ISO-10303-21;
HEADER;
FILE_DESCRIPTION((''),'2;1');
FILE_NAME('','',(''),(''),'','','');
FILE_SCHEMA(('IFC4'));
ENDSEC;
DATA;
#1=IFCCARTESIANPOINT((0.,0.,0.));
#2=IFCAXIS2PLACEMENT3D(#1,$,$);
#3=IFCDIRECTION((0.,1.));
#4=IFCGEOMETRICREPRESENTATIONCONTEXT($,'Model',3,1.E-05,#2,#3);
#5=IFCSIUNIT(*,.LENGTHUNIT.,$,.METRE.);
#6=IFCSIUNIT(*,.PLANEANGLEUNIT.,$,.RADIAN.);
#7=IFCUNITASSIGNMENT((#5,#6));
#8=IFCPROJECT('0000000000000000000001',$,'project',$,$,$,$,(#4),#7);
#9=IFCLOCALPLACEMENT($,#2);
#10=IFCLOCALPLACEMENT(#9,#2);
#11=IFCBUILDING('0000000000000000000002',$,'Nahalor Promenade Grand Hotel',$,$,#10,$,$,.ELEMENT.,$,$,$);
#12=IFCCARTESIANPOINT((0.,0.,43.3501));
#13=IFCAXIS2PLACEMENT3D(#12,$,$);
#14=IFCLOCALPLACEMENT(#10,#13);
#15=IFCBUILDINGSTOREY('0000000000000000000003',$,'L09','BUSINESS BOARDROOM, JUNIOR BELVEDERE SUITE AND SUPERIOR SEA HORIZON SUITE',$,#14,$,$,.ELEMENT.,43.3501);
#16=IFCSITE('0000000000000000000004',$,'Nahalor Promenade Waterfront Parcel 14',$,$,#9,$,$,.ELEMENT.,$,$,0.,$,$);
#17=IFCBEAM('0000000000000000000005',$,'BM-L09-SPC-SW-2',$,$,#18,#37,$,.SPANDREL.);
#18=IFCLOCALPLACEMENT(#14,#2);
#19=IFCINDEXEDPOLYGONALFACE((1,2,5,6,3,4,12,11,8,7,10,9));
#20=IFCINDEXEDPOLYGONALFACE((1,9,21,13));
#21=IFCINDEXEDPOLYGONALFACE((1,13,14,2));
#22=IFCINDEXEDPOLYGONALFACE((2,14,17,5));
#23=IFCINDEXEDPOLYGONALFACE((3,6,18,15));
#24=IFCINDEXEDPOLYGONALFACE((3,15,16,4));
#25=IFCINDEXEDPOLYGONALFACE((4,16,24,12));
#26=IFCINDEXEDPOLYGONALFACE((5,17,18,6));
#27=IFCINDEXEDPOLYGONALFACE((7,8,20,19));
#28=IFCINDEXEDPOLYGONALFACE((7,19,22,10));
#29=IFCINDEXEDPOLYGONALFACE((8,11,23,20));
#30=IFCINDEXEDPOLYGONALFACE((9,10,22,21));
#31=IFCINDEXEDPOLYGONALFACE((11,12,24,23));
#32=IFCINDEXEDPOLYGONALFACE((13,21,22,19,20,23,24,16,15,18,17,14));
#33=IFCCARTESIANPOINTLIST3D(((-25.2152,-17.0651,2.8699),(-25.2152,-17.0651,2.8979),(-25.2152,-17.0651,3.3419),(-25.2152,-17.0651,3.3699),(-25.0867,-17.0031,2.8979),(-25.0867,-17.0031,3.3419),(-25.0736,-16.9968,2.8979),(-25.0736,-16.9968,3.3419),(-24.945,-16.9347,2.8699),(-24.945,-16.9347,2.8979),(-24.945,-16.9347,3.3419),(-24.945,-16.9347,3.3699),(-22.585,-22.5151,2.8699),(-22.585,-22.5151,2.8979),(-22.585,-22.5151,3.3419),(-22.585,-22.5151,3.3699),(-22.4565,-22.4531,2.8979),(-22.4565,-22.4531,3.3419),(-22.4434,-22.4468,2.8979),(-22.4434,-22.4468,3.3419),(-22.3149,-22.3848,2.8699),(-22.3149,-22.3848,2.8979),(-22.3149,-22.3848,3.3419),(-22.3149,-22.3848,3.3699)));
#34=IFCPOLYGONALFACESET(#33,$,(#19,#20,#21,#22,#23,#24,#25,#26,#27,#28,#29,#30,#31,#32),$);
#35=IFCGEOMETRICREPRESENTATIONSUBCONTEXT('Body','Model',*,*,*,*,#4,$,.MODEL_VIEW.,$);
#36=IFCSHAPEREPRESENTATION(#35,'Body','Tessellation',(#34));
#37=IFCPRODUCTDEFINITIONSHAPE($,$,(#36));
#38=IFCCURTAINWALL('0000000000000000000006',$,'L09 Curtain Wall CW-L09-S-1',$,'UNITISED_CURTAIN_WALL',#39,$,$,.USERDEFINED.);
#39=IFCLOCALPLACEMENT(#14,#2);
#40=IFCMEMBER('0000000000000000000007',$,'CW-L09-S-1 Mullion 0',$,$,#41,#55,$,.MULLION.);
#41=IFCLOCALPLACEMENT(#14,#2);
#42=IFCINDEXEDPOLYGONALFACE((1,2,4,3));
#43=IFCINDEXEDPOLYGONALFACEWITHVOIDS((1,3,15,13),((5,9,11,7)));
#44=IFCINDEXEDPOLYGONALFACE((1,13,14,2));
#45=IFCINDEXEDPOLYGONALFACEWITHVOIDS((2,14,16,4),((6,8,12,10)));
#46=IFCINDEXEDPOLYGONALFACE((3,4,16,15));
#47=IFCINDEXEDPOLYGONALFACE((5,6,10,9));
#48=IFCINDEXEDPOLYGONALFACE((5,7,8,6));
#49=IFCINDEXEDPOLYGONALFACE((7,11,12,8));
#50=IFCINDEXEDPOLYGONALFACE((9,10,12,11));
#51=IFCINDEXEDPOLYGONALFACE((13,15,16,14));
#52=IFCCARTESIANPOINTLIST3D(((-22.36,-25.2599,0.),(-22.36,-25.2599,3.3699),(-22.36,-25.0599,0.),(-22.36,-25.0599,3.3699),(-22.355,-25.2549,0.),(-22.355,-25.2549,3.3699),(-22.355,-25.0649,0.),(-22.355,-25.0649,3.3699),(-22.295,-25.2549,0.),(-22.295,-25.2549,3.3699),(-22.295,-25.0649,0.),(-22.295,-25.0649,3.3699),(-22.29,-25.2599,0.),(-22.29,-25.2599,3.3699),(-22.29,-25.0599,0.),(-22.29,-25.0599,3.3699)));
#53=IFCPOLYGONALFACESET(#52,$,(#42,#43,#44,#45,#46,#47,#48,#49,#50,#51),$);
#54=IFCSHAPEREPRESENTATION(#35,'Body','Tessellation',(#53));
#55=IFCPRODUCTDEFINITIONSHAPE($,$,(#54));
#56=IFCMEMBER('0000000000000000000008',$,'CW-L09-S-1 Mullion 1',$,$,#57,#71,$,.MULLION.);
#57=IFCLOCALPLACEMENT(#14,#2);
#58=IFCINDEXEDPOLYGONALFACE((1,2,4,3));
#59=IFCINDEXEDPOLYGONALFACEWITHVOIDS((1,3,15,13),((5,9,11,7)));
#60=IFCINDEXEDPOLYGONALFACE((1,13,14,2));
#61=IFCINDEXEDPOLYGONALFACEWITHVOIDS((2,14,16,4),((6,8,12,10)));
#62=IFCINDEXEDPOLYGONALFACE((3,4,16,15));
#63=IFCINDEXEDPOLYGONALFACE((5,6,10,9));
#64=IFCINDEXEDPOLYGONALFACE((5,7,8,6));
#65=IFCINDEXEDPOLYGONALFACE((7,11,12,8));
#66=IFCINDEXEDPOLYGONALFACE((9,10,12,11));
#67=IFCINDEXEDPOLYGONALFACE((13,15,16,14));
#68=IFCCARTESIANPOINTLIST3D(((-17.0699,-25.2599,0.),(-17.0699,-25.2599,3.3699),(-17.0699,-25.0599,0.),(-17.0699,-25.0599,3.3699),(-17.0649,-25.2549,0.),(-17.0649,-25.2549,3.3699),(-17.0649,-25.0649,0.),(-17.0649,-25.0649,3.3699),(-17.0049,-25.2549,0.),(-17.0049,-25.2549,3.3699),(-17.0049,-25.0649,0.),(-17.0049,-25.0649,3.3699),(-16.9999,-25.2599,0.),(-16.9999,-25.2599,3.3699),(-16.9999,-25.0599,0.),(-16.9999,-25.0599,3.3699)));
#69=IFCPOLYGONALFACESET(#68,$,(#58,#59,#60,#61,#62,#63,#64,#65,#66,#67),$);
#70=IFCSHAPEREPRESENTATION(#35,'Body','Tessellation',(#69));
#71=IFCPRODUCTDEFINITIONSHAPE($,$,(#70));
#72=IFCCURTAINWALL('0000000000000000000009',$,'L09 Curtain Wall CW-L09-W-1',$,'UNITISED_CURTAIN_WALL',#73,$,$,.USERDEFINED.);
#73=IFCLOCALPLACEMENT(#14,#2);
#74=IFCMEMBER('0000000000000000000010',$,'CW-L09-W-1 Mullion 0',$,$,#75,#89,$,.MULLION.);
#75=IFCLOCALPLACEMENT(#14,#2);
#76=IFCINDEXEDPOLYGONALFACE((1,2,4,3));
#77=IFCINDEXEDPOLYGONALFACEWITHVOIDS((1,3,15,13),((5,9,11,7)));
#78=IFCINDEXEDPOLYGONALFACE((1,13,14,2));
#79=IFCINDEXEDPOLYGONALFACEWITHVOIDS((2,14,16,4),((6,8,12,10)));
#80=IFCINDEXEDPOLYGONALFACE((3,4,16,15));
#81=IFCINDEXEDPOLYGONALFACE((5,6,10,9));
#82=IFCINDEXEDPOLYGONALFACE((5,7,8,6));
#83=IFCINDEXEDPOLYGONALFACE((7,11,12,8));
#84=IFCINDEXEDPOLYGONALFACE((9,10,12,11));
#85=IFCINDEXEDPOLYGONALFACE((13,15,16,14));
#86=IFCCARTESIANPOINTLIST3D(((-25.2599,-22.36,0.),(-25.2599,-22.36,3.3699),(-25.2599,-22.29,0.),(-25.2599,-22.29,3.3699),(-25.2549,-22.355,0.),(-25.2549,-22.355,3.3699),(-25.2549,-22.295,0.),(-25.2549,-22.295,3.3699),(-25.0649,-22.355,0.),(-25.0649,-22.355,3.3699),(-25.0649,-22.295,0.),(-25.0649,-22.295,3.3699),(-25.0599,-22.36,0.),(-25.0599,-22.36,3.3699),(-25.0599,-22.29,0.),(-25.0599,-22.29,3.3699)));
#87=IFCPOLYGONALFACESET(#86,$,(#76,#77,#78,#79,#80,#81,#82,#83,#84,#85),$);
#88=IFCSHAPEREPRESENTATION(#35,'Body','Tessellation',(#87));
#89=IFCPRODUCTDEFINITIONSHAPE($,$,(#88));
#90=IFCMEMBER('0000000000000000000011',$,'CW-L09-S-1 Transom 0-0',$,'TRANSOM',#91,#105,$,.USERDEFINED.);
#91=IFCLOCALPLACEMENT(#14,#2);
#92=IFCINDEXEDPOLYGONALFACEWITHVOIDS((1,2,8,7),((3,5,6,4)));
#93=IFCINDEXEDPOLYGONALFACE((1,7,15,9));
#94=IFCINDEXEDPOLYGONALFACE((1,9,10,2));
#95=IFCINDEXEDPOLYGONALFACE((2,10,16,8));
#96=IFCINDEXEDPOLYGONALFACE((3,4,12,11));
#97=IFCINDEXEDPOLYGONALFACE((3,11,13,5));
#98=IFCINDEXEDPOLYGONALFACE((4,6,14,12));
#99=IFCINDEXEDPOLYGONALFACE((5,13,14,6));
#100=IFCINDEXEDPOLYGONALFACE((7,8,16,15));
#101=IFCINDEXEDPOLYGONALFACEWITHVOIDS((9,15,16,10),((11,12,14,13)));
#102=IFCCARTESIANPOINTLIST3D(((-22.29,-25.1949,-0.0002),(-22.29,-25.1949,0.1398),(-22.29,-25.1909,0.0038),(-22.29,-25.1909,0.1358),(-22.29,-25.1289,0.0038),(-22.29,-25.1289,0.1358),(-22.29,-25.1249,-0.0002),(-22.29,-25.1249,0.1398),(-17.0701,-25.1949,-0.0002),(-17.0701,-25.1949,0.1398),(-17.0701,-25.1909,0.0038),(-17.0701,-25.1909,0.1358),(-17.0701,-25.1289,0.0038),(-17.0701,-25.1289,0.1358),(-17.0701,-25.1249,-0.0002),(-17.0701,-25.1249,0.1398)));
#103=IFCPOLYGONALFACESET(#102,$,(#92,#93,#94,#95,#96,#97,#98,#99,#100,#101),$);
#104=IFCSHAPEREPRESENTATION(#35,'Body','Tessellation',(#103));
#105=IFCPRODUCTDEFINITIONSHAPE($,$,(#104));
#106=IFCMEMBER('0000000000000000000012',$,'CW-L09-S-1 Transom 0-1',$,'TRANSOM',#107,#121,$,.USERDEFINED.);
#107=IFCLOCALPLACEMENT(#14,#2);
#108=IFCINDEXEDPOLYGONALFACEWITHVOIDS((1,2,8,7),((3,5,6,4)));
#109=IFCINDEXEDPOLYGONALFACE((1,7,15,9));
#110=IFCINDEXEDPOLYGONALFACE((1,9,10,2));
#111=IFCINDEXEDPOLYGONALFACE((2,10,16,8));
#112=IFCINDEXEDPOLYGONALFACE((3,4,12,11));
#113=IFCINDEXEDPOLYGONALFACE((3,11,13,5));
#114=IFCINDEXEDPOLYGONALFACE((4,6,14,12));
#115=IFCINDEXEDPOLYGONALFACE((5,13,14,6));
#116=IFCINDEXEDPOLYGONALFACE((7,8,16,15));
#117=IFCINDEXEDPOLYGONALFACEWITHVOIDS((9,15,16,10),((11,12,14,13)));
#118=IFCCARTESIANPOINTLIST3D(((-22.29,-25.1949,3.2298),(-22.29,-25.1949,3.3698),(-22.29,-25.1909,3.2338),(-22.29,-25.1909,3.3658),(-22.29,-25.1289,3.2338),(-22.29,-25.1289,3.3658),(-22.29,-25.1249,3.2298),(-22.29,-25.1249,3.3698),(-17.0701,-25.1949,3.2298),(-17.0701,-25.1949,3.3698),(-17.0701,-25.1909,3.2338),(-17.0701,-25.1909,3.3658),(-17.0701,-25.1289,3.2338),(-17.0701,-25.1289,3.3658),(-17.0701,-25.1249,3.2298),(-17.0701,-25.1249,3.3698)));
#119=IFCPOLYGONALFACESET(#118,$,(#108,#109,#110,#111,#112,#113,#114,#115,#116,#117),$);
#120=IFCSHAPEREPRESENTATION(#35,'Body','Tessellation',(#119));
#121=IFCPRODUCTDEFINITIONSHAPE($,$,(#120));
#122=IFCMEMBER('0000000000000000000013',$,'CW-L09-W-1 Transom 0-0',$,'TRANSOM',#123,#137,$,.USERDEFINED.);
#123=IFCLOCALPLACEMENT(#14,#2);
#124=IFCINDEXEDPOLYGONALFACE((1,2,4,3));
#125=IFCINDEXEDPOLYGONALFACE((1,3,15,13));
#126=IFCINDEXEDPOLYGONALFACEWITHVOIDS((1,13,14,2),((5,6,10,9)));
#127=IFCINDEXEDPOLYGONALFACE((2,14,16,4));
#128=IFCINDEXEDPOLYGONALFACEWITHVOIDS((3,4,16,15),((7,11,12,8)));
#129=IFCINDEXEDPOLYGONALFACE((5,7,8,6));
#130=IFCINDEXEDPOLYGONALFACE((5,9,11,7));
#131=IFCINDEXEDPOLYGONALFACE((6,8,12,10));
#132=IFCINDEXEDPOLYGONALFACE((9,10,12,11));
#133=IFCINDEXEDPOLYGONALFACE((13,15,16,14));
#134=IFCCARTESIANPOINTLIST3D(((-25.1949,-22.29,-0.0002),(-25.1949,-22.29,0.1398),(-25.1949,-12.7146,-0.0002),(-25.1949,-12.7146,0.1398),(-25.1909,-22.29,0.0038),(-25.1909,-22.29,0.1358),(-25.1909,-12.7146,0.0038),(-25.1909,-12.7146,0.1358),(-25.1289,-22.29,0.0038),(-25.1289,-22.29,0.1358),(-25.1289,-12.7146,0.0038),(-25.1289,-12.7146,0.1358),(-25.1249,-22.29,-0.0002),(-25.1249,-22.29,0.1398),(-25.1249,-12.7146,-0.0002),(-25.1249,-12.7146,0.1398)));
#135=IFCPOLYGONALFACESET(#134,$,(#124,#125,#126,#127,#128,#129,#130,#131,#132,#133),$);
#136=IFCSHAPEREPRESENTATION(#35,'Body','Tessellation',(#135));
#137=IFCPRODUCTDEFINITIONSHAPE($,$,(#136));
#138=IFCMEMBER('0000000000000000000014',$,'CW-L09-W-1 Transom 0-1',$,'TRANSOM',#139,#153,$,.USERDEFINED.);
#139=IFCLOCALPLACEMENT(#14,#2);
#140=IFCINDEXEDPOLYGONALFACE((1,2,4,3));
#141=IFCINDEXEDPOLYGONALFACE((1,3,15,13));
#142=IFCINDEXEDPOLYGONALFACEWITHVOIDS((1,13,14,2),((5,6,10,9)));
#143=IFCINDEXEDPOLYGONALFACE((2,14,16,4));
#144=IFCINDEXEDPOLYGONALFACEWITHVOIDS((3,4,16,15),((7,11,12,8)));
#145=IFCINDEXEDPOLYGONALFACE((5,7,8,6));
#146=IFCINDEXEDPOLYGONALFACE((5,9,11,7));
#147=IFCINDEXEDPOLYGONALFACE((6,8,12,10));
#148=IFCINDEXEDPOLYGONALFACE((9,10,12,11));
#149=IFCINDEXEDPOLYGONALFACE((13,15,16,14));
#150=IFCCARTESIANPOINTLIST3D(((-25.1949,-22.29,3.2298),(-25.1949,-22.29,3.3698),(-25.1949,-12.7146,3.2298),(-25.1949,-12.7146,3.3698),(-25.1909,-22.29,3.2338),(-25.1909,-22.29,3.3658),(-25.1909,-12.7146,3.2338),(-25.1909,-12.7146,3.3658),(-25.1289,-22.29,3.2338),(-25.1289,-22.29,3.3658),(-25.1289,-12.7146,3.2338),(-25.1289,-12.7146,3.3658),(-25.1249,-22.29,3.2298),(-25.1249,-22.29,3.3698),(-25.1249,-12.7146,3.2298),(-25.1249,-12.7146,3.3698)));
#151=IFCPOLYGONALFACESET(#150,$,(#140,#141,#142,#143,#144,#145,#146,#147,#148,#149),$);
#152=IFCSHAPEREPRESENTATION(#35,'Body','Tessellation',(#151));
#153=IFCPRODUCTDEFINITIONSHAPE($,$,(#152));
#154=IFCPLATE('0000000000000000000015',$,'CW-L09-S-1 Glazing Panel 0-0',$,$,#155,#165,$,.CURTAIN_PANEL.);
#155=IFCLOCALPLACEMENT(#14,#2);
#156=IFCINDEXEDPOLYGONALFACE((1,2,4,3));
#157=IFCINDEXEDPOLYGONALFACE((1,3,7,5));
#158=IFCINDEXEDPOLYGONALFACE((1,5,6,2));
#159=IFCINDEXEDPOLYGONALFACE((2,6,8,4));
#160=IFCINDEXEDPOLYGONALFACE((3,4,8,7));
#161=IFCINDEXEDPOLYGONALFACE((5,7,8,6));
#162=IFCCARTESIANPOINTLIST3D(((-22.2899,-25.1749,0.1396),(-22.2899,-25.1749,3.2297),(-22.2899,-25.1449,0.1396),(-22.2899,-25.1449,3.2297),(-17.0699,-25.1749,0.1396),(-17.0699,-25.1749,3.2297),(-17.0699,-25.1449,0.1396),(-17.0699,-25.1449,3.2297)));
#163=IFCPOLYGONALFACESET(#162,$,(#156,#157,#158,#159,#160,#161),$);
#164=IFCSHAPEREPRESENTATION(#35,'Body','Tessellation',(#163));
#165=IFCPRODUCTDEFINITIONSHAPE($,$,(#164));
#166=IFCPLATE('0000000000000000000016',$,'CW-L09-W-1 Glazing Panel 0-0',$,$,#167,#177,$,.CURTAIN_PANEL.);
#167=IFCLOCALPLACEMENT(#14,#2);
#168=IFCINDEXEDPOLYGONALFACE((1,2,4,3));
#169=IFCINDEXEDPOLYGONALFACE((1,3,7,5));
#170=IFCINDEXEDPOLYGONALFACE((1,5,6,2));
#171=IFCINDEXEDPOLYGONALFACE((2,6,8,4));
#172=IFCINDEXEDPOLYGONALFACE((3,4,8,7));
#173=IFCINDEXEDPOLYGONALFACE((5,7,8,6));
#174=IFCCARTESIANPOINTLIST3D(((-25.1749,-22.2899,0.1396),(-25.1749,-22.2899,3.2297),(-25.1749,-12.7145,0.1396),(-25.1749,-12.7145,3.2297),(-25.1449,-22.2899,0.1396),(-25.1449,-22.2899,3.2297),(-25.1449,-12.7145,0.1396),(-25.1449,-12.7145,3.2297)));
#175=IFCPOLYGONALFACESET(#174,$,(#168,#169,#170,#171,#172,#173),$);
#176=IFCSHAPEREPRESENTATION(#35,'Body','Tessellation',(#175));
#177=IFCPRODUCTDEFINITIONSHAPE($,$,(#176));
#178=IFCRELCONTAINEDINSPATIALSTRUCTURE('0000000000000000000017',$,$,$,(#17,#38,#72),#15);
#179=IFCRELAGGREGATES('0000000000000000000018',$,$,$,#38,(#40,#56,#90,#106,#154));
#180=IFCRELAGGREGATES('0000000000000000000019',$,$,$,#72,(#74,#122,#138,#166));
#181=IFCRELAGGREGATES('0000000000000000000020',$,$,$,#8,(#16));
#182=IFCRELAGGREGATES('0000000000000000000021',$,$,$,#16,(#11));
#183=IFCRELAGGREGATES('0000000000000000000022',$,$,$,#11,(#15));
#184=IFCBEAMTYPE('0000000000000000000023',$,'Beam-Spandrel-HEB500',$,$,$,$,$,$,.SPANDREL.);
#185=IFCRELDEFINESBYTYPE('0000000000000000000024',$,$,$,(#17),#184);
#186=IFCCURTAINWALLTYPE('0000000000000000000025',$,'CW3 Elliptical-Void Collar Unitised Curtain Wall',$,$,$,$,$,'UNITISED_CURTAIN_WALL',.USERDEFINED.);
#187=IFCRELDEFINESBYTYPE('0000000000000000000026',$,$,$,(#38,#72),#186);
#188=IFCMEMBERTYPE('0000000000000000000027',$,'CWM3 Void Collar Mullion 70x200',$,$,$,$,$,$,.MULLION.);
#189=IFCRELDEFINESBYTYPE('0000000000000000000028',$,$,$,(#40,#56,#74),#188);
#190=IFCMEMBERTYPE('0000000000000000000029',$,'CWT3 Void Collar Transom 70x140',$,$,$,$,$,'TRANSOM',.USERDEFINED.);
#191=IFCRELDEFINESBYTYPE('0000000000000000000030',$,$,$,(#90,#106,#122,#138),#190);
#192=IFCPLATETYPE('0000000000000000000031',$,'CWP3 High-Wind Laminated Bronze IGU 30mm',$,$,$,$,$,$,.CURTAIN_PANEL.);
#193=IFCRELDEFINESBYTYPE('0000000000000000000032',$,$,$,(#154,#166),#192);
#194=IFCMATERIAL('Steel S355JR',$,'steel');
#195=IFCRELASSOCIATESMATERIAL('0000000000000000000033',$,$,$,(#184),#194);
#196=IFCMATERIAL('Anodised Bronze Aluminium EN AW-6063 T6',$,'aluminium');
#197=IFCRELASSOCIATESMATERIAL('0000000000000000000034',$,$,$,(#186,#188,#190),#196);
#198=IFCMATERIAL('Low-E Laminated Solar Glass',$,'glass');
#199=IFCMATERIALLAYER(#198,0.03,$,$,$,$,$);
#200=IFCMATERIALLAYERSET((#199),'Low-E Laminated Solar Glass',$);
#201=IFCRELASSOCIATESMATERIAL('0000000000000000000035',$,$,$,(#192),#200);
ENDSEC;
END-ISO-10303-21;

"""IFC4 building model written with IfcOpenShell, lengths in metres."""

from ifc_helpers import new_model, si_unit, direction, frame, origin, origin_2d, place, context, subcontext, project, spatial, rectangle, hollow_rectangle, i_section, extrude, source, transform, mapped, material, layer, layer_set, material_profile, profile_set, type_object, element, aggregate, save


model = new_model("IFC4")

# Units and contexts
model_context = context("Model", 3, precision=1e-05, world=origin(), true_north=direction((0.0, 1.0)))
body_context = subcontext(model_context, "Body", "Model", "MODEL_VIEW")
ifc_project = project(units=[si_unit("LENGTHUNIT", "METRE"), si_unit("PLANEANGLEUNIT", "RADIAN")], contexts=[model_context])

# Site, building, storey
site_placement = place(None, origin())
site = spatial("IfcSite", under=ifc_project, at=site_placement, Name="Nahalor Promenade Waterfront Parcel 14", CompositionType="ELEMENT", RefElevation=0.0)
building_placement = place(site_placement, origin())
building = spatial("IfcBuilding", under=site, at=building_placement, Name="Nahalor Promenade Grand Hotel", CompositionType="ELEMENT")
storey_placement = place(building_placement, frame((0.0, 0.0, 43.3501)))
storey = spatial("IfcBuildingStorey", under=building, at=storey_placement, Name="L09", Description="BUSINESS BOARDROOM, JUNIOR BELVEDERE SUITE AND SUPERIOR SEA HORIZON SUITE", CompositionType="ELEMENT", Elevation=43.3501)

# Beam
ifc_material_1 = material(Name="Steel S355JR", Category="steel")
ifc_material_profile_1 = material_profile(ifc_material_1, i_section(OverallWidth=0.3, OverallDepth=0.5, WebThickness=0.0145, FlangeThickness=0.028, at=origin_2d()), Name="HEB 500")
ifc_profile_set_1 = profile_set([ifc_material_profile_1], Name="Steel S355JR")
beam_type_1 = type_object("IfcBeamType", Name="Beam-Spandrel-HEB500", PredefinedType="SPANDREL", material=ifc_profile_set_1)
shared_shape_1 = source(origin(), body_context, "Body", "SweptSolid", [
    extrude(i_section(OverallWidth=0.3, OverallDepth=0.5, WebThickness=0.0145, FlangeThickness=0.028, at=origin_2d()), origin(), (0.0, 0.0, 1.0), 6.0515),
])
for number, where, z_axis, x_axis, name in (
    (1, (-22.45, -22.45, 3.1199), (-0.434631, 0.900609, 0.0), (-0.900609, -0.434631, 0.0), "BM-L09-SPC-SW-2"),
):
    element("IfcBeam", number, at=place(storey_placement, frame(where, z_axis=z_axis, x_axis=x_axis)), inside=storey, type_object=beam_type_1, Name=name, PredefinedType="SPANDREL", context=body_context, shape_type="MappedRepresentation", body=[
        mapped(shared_shape_1, transform((0.0, 0.0, 0.0), scale=1.0)),
    ])

# Curtain wall, members
ifc_material_2 = material(Name="Anodised Bronze Aluminium EN AW-6063 T6", Category="aluminium")
curtain_wall_type = type_object("IfcCurtainWallType", Name="CW3 Elliptical-Void Collar Unitised Curtain Wall", ElementType="UNITISED_CURTAIN_WALL", PredefinedType="USERDEFINED", material=ifc_material_2)
curtain_wall_1_placement = place(storey_placement, origin())
curtain_wall_1 = element("IfcCurtainWall", 2, at=curtain_wall_1_placement, inside=storey, type_object=curtain_wall_type, Name="L09 Curtain Wall CW-L09-S-1", ObjectType="UNITISED_CURTAIN_WALL", PredefinedType="USERDEFINED")
ifc_material_profile_2 = material_profile(ifc_material_2, hollow_rectangle(XDim=0.07, YDim=0.2, WallThickness=0.005, at=origin_2d()), Name="CWM 70x200x5")
ifc_profile_set_2 = profile_set([ifc_material_profile_2], Name="Anodised Bronze Aluminium EN AW-6063 T6")
member_type_1 = type_object("IfcMemberType", Name="CWM3 Void Collar Mullion 70x200", PredefinedType="MULLION", material=ifc_profile_set_2)
shared_shape_2 = source(origin(), body_context, "Body", "SweptSolid", [
    extrude(hollow_rectangle(XDim=0.07, YDim=0.2, WallThickness=0.005, at=origin_2d()), origin(), (0.0, 0.0, 1.0), 3.3699),
])
member_1_placement = place(storey_placement, frame((-22.325, -25.1599, 0.0), z_axis=(0.0, 0.0, 1.0), x_axis=(1.0, 0.0, 0.0)))
member_1 = element("IfcMember", 3, at=member_1_placement, type_object=member_type_1, Name="CW-L09-S-1 Mullion 0", PredefinedType="MULLION", context=body_context, shape_type="MappedRepresentation", body=[
    mapped(shared_shape_2, transform((0.0, 0.0, 0.0), scale=1.0)),
])
member_2_placement = place(storey_placement, frame((-17.0349, -25.1599, 0.0), z_axis=(0.0, 0.0, 1.0), x_axis=(1.0, 0.0, 0.0)))
member_2 = element("IfcMember", 4, at=member_2_placement, type_object=member_type_1, Name="CW-L09-S-1 Mullion 1", PredefinedType="MULLION", context=body_context, shape_type="MappedRepresentation", body=[
    mapped(shared_shape_2, transform((0.0, 0.0, 0.0), scale=1.0)),
])

# Curtain wall, member
curtain_wall_2_placement = place(storey_placement, origin())
curtain_wall_2 = element("IfcCurtainWall", 5, at=curtain_wall_2_placement, inside=storey, type_object=curtain_wall_type, Name="L09 Curtain Wall CW-L09-W-1", ObjectType="UNITISED_CURTAIN_WALL", PredefinedType="USERDEFINED")
member_3_placement = place(storey_placement, frame((-25.1599, -22.325, 0.0), z_axis=(0.0, 0.0, 1.0), x_axis=(0.0, 1.0, 0.0)))
member_3 = element("IfcMember", 6, at=member_3_placement, type_object=member_type_1, Name="CW-L09-W-1 Mullion 0", PredefinedType="MULLION", context=body_context, shape_type="MappedRepresentation", body=[
    mapped(shared_shape_2, transform((0.0, 0.0, 0.0), scale=1.0)),
])

# Members
ifc_material_profile_3 = material_profile(ifc_material_2, hollow_rectangle(XDim=0.07, YDim=0.14, WallThickness=0.004, at=origin_2d()), Name="CWT 70x140x4")
ifc_profile_set_3 = profile_set([ifc_material_profile_3], Name="Anodised Bronze Aluminium EN AW-6063 T6")
member_type_2 = type_object("IfcMemberType", Name="CWT3 Void Collar Transom 70x140", ElementType="TRANSOM", PredefinedType="USERDEFINED", material=ifc_profile_set_3)
shared_shape_3 = source(origin(), body_context, "Body", "SweptSolid", [
    extrude(hollow_rectangle(XDim=0.07, YDim=0.14, WallThickness=0.004, at=origin_2d()), origin(), (0.0, 0.0, 1.0), 5.22),
])
member_4_placement = place(storey_placement, frame((-22.29, -25.1599, 0.0698), z_axis=(1.0, 0.0, 0.0), x_axis=(0.0, 1.0, 0.0)))
member_4 = element("IfcMember", 7, at=member_4_placement, type_object=member_type_2, Name="CW-L09-S-1 Transom 0-0", ObjectType="TRANSOM", PredefinedType="USERDEFINED", context=body_context, shape_type="MappedRepresentation", body=[
    mapped(shared_shape_3, transform((0.0, 0.0, 0.0), scale=1.0)),
])
member_5_placement = place(storey_placement, frame((-22.29, -25.1599, 3.2998), z_axis=(1.0, 0.0, 0.0), x_axis=(0.0, 1.0, 0.0)))
member_5 = element("IfcMember", 8, at=member_5_placement, type_object=member_type_2, Name="CW-L09-S-1 Transom 0-1", ObjectType="TRANSOM", PredefinedType="USERDEFINED", context=body_context, shape_type="MappedRepresentation", body=[
    mapped(shared_shape_3, transform((0.0, 0.0, 0.0), scale=1.0)),
])
shared_shape_4 = source(origin(), body_context, "Body", "SweptSolid", [
    extrude(hollow_rectangle(XDim=0.07, YDim=0.14, WallThickness=0.004, at=origin_2d()), origin(), (0.0, 0.0, 1.0), 9.5754),
])
member_6_placement = place(storey_placement, frame((-25.1599, -22.29, 0.0698), z_axis=(0.0, 1.0, 0.0), x_axis=(-1.0, 0.0, 0.0)))
member_6 = element("IfcMember", 9, at=member_6_placement, type_object=member_type_2, Name="CW-L09-W-1 Transom 0-0", ObjectType="TRANSOM", PredefinedType="USERDEFINED", context=body_context, shape_type="MappedRepresentation", body=[
    mapped(shared_shape_4, transform((0.0, 0.0, 0.0), scale=1.0)),
])
member_7_placement = place(storey_placement, frame((-25.1599, -22.29, 3.2998), z_axis=(0.0, 1.0, 0.0), x_axis=(-1.0, 0.0, 0.0)))
member_7 = element("IfcMember", 10, at=member_7_placement, type_object=member_type_2, Name="CW-L09-W-1 Transom 0-1", ObjectType="TRANSOM", PredefinedType="USERDEFINED", context=body_context, shape_type="MappedRepresentation", body=[
    mapped(shared_shape_4, transform((0.0, 0.0, 0.0), scale=1.0)),
])

# Plates
ifc_material_3 = material(Name="Low-E Laminated Solar Glass", Category="glass")
ifc_layer_1 = layer(ifc_material_3, 0.03)
ifc_layer_set_1 = layer_set([ifc_layer_1], Name="Low-E Laminated Solar Glass")
plate_type = type_object("IfcPlateType", Name="CWP3 High-Wind Laminated Bronze IGU 30mm", PredefinedType="CURTAIN_PANEL", material=ifc_layer_set_1)
shared_shape_5 = source(origin(), body_context, "Body", "SweptSolid", [
    extrude(rectangle(XDim=5.22, YDim=0.03, at=origin_2d()), origin(), (0.0, 0.0, 1.0), 3.0901),
])
plate_1_placement = place(storey_placement, frame((-19.6799, -25.1599, 0.1396), z_axis=(0.0, 0.0, 1.0), x_axis=(1.0, 0.0, 0.0)))
plate_1 = element("IfcPlate", 11, at=plate_1_placement, type_object=plate_type, Name="CW-L09-S-1 Glazing Panel 0-0", PredefinedType="CURTAIN_PANEL", context=body_context, shape_type="MappedRepresentation", body=[
    mapped(shared_shape_5, transform((0.0, 0.0, 0.0), scale=1.0)),
])
aggregate(curtain_wall_1, [member_1, member_2, member_4, member_5, plate_1])
shared_shape_6 = source(origin(), body_context, "Body", "SweptSolid", [
    extrude(rectangle(XDim=9.5754, YDim=0.03, at=origin_2d()), origin(), (0.0, 0.0, 1.0), 3.0901),
])
plate_2_placement = place(storey_placement, frame((-25.1599, -17.5022, 0.1396), z_axis=(0.0, 0.0, 1.0), x_axis=(0.0, 1.0, 0.0)))
plate_2 = element("IfcPlate", 12, at=plate_2_placement, type_object=plate_type, Name="CW-L09-W-1 Glazing Panel 0-0", PredefinedType="CURTAIN_PANEL", context=body_context, shape_type="MappedRepresentation", body=[
    mapped(shared_shape_6, transform((0.0, 0.0, 0.0), scale=1.0)),
])
aggregate(curtain_wall_2, [member_3, member_6, member_7, plate_2])

save(model, "model.ifc")
